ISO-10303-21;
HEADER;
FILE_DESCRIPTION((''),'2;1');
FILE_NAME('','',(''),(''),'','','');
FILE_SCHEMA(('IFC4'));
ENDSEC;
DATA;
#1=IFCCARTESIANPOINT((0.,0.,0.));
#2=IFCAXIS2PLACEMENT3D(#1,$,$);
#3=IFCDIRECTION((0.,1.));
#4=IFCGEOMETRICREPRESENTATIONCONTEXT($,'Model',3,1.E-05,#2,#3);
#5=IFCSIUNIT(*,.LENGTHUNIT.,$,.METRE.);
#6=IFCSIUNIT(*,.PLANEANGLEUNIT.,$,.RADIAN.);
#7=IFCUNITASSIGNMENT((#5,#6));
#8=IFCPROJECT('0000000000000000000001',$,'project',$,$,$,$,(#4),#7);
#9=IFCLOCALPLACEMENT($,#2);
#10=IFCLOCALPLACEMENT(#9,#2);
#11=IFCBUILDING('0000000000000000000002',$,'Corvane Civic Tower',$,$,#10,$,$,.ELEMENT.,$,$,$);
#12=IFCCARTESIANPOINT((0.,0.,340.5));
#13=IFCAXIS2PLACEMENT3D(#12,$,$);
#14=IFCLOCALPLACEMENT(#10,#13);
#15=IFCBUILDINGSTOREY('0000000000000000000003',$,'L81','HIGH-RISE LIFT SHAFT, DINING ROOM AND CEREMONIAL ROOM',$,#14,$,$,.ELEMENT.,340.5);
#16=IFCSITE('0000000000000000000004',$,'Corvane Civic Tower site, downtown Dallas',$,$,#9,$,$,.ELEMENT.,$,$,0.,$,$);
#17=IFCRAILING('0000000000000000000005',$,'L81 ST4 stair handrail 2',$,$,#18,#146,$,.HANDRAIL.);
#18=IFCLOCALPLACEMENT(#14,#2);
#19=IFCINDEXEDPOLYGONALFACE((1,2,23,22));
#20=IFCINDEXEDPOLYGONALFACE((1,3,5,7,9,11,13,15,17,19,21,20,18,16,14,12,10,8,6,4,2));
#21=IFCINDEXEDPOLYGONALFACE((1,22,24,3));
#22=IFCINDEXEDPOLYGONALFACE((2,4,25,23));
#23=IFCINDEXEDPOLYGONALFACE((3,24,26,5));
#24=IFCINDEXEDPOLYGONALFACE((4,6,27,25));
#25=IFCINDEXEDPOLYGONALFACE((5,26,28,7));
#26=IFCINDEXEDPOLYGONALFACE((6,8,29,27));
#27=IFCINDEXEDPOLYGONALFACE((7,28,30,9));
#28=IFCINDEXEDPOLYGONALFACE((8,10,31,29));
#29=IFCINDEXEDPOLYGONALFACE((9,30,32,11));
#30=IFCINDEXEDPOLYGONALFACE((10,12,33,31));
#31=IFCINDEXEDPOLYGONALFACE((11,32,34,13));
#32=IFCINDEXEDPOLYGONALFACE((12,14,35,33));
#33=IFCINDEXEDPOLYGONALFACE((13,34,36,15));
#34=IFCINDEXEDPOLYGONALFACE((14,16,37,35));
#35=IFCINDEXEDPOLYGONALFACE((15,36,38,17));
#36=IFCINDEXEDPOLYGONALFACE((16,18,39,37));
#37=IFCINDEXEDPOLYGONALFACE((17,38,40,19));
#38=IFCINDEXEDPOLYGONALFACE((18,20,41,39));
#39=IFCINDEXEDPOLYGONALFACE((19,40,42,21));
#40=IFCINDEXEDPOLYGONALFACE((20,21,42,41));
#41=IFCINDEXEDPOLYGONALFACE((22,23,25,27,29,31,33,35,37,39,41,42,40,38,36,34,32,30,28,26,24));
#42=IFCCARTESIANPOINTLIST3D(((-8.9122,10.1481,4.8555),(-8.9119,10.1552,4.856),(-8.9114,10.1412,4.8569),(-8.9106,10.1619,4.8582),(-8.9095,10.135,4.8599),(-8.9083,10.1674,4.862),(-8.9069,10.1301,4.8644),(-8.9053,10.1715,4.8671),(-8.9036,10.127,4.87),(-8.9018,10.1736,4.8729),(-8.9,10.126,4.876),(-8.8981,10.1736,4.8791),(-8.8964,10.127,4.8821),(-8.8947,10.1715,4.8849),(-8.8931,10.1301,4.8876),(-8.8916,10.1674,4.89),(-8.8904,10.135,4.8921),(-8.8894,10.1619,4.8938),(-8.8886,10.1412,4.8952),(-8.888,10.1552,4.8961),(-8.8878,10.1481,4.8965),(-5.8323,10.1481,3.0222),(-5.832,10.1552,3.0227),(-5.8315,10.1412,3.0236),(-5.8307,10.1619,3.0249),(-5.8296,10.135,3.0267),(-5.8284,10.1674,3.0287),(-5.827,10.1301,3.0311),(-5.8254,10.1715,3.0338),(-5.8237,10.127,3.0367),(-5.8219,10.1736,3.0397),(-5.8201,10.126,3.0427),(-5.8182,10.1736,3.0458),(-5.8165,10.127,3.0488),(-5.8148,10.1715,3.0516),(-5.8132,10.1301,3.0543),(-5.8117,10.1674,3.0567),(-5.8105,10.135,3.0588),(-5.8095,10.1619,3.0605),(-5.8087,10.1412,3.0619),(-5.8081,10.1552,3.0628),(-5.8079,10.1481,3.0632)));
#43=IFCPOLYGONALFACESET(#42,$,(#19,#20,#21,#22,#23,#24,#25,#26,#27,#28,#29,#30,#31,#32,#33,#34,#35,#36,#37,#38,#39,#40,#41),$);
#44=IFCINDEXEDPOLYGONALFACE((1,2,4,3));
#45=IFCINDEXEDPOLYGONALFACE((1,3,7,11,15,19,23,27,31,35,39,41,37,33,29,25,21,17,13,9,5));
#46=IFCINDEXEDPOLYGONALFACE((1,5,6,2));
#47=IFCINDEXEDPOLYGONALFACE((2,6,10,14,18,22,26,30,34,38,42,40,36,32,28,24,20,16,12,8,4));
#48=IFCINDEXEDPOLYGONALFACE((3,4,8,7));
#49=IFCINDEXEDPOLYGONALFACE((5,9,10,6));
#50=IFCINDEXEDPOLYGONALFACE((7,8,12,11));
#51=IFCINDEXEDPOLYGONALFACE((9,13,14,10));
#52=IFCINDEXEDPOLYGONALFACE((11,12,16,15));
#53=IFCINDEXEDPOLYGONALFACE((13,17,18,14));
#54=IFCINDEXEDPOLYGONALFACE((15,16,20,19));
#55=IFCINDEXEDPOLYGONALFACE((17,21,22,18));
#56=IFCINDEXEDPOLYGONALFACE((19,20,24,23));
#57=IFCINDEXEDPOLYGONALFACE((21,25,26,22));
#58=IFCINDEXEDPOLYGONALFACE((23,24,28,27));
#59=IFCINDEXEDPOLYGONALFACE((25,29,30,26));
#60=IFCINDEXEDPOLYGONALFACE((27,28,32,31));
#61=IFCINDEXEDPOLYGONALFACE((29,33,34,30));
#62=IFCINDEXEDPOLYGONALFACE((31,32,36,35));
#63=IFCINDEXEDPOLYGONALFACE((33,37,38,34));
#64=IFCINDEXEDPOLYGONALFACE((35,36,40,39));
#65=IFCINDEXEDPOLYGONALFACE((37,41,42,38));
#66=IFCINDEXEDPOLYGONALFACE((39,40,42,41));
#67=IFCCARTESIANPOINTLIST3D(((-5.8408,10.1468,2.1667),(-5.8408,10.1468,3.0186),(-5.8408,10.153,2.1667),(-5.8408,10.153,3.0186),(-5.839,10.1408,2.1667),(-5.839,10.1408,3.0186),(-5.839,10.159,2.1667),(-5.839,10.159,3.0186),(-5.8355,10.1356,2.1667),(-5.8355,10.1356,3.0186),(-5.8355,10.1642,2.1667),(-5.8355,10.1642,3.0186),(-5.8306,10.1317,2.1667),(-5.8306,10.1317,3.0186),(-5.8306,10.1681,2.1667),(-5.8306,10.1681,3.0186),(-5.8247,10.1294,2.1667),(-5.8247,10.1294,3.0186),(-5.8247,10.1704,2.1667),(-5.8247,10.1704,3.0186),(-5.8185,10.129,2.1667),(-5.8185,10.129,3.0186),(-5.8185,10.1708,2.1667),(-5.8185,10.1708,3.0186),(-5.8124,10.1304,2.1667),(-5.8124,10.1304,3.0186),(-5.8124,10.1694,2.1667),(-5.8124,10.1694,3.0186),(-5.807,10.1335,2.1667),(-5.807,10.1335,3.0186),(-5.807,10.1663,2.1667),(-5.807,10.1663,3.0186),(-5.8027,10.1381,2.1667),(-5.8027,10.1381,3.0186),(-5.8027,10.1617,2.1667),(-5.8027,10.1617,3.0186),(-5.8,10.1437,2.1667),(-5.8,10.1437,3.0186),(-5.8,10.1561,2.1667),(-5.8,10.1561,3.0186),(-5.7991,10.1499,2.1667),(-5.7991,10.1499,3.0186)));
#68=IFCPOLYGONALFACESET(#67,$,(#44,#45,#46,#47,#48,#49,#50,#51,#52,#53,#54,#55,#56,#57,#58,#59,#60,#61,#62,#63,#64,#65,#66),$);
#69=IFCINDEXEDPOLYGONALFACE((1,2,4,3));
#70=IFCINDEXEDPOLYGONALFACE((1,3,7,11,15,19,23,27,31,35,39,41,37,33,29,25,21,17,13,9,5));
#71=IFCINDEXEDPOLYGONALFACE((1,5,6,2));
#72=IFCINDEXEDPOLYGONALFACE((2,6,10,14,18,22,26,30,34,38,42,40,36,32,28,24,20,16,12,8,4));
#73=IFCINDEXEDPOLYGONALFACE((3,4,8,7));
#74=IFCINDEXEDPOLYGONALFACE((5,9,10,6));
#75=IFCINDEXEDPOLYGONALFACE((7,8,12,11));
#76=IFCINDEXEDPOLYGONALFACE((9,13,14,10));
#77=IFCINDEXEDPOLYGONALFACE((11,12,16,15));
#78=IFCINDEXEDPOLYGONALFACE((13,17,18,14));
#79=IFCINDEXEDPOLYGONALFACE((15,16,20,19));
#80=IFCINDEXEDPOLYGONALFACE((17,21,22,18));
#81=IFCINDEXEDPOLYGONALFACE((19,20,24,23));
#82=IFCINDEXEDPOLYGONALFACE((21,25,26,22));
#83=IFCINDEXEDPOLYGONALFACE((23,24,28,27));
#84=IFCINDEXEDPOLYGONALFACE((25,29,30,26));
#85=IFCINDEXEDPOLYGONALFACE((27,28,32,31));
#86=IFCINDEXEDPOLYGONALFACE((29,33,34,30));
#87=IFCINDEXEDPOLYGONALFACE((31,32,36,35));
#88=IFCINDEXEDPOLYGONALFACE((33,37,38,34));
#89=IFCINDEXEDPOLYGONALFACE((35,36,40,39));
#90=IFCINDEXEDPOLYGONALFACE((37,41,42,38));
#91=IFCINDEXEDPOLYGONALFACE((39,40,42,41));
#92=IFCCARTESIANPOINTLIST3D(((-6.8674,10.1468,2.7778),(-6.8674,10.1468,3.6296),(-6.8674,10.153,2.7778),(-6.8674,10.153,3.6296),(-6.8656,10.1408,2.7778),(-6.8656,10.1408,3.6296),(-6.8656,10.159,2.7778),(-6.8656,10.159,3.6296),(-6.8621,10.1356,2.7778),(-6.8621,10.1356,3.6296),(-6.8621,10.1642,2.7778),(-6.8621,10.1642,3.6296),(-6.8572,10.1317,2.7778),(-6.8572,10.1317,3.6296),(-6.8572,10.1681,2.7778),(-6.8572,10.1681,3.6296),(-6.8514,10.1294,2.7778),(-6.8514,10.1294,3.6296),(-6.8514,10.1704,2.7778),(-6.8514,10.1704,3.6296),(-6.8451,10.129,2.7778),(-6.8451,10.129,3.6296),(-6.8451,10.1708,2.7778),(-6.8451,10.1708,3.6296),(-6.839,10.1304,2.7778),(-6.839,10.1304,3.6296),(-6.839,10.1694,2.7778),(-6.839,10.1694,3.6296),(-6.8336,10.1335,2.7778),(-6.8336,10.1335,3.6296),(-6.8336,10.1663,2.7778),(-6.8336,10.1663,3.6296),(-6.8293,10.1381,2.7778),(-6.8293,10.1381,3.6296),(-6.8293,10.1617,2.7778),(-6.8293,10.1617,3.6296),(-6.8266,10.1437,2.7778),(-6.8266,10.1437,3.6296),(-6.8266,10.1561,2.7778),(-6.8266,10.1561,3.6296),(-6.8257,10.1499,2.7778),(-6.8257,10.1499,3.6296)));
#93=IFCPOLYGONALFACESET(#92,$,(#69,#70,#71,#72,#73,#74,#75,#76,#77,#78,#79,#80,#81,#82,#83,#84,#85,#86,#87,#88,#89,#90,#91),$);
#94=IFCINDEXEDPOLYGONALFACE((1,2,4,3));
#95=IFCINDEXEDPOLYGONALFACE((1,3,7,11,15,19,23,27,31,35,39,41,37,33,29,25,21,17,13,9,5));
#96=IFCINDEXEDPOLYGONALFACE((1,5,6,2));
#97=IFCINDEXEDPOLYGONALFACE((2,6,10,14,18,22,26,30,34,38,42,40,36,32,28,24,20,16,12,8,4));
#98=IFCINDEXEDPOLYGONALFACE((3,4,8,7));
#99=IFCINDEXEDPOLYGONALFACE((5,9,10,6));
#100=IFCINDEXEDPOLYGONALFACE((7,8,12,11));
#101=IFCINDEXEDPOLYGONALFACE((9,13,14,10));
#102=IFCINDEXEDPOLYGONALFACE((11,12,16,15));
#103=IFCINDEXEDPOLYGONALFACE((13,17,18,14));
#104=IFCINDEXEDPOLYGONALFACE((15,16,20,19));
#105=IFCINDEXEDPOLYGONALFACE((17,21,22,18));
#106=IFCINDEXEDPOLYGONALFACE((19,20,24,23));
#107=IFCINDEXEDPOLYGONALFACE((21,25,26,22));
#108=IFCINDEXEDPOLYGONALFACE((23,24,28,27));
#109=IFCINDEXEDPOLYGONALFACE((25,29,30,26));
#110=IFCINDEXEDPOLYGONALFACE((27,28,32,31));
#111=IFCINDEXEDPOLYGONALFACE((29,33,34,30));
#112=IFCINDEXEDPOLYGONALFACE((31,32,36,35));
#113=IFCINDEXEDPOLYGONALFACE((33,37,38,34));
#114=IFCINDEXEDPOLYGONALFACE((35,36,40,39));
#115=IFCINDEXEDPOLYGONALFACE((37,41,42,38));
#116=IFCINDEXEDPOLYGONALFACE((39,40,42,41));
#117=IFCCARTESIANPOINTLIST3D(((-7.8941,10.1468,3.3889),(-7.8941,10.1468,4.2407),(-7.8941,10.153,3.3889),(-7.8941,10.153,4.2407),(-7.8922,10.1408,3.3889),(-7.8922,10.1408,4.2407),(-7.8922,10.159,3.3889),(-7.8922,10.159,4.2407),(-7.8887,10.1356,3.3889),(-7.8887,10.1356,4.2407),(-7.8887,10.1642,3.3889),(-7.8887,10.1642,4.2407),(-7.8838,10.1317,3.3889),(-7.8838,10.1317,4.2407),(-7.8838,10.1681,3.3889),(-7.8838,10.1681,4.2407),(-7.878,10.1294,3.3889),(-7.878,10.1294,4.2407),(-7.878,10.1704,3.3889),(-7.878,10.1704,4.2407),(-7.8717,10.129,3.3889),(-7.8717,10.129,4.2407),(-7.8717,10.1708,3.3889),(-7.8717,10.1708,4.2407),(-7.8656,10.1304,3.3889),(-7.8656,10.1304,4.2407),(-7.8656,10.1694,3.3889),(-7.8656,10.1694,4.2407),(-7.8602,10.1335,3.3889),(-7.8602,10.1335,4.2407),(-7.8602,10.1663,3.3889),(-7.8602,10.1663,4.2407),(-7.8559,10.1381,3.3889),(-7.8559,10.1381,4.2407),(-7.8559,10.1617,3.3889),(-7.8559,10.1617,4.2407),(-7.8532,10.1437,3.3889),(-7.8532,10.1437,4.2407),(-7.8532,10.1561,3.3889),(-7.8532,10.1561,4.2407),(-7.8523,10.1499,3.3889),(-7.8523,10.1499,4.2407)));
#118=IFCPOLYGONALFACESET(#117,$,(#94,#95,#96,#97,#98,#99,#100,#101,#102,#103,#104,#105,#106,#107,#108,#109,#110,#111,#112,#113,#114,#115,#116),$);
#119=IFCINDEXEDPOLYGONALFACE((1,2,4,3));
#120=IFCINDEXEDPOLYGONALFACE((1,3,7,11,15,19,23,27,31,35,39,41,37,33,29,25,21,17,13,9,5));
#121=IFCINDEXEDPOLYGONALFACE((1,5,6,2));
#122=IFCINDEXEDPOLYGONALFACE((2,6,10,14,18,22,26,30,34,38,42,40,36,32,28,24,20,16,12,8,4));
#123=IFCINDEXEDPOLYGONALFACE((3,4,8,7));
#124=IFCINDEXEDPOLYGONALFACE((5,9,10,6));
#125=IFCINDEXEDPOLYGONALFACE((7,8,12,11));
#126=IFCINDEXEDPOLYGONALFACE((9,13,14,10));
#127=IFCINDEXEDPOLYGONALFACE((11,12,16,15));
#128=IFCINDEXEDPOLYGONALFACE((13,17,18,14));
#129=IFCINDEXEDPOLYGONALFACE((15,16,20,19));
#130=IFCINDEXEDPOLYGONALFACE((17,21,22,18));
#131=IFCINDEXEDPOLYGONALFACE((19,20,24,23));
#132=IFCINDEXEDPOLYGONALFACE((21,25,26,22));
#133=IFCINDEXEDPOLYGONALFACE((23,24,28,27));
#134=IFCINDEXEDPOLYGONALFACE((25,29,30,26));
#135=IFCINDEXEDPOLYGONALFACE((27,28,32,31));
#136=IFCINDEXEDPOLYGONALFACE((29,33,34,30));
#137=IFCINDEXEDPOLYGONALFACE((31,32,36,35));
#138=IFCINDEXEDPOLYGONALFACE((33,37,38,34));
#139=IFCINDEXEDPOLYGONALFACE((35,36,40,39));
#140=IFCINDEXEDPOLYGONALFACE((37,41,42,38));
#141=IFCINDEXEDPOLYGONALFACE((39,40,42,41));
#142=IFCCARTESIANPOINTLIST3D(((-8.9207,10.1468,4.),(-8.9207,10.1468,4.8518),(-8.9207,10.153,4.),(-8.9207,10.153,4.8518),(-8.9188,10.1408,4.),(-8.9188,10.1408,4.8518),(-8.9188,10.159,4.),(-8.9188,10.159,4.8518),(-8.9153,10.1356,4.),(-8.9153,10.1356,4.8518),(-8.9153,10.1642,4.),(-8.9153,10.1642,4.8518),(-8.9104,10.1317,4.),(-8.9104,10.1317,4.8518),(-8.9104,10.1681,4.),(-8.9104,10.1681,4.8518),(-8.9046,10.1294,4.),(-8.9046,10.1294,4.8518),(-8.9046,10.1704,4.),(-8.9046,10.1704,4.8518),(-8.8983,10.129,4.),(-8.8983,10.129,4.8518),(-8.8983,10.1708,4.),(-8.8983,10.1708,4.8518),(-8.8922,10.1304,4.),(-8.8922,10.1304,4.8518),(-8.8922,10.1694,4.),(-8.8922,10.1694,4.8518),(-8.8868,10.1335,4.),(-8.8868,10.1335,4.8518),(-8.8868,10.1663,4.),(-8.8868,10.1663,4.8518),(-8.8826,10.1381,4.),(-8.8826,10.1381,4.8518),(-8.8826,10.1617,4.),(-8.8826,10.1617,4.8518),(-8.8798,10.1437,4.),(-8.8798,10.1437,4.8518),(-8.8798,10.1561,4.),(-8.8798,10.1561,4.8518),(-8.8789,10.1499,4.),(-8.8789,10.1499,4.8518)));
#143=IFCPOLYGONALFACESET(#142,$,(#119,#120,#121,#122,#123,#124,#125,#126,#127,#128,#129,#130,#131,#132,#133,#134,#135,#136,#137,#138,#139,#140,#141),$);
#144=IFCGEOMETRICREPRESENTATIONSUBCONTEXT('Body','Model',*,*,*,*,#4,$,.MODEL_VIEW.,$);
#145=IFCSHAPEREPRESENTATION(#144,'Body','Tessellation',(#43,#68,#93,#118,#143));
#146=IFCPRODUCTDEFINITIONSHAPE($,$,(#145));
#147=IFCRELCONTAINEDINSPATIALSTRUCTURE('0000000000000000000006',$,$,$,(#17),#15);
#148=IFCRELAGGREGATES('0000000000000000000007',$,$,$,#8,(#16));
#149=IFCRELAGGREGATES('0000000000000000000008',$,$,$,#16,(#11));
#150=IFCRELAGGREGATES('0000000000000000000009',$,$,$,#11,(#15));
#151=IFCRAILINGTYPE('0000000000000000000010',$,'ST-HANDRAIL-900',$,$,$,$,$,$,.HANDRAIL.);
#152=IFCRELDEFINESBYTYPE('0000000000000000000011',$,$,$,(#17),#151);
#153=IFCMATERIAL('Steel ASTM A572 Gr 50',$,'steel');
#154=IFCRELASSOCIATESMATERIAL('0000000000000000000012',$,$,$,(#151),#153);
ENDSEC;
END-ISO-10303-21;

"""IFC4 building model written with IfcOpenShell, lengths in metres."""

from ifc_helpers import new_model, si_unit, direction, frame, origin, origin_2d, place, context, subcontext, project, spatial, circle, extrude, material, type_object, element, save


model = new_model("IFC4")

# Units and contexts
model_context = context("Model", 3, precision=1e-05, world=origin(), true_north=direction((0.0, 1.0)))
body_context = subcontext(model_context, "Body", "Model", "MODEL_VIEW")
ifc_project = project(units=[si_unit("LENGTHUNIT", "METRE"), si_unit("PLANEANGLEUNIT", "RADIAN")], contexts=[model_context])

# Site, building, storey
site_placement = place(None, origin())
site = spatial("IfcSite", under=ifc_project, at=site_placement, Name="Corvane Civic Tower site, downtown Dallas", CompositionType="ELEMENT", RefElevation=0.0)
building_placement = place(site_placement, origin())
building = spatial("IfcBuilding", under=site, at=building_placement, Name="Corvane Civic Tower", CompositionType="ELEMENT")
storey_placement = place(building_placement, frame((0.0, 0.0, 340.5)))
storey = spatial("IfcBuildingStorey", under=building, at=storey_placement, Name="L81", Description="HIGH-RISE LIFT SHAFT, DINING ROOM AND CEREMONIAL ROOM", CompositionType="ELEMENT", Elevation=340.5)

# Railing
ifc_material_1 = material(Name="Steel ASTM A572 Gr 50", Category="steel")
railing_type_1 = type_object("IfcRailingType", Name="ST-HANDRAIL-900", PredefinedType="HANDRAIL", material=ifc_material_1)
railing_1_placement = place(storey_placement, frame((-5.8201, 10.1499, 2.1667)))
element("IfcRailing", 1, at=railing_1_placement, inside=storey, type_object=railing_type_1, Name="L81 ST4 stair handrail 2", PredefinedType="HANDRAIL", context=body_context, shape_type="SweptSolid", body=[
    extrude(circle(Radius=0.0239, at=origin_2d()), frame((0.0, 0.0, 0.876), z_axis=(-0.859291, 0.0, 0.511487), x_axis=(0.0, -1.0, 0.0)), (0.0, 0.0, 1.0), 3.5842),
    extrude(circle(Radius=0.021, at=origin_2d()), origin(), (0.0, 0.0, 1.0), 0.8518),
    extrude(circle(Radius=0.021, at=origin_2d()), frame((-1.0266, 0.0, 0.6111)), (0.0, 0.0, 1.0), 0.8518),
    extrude(circle(Radius=0.021, at=origin_2d()), frame((-2.0532, 0.0, 1.2222)), (0.0, 0.0, 1.0), 0.8518),
    extrude(circle(Radius=0.021, at=origin_2d()), frame((-3.0798, 0.0, 1.8333)), (0.0, 0.0, 1.0), 0.8518),
])

save(model, "model.ifc")
